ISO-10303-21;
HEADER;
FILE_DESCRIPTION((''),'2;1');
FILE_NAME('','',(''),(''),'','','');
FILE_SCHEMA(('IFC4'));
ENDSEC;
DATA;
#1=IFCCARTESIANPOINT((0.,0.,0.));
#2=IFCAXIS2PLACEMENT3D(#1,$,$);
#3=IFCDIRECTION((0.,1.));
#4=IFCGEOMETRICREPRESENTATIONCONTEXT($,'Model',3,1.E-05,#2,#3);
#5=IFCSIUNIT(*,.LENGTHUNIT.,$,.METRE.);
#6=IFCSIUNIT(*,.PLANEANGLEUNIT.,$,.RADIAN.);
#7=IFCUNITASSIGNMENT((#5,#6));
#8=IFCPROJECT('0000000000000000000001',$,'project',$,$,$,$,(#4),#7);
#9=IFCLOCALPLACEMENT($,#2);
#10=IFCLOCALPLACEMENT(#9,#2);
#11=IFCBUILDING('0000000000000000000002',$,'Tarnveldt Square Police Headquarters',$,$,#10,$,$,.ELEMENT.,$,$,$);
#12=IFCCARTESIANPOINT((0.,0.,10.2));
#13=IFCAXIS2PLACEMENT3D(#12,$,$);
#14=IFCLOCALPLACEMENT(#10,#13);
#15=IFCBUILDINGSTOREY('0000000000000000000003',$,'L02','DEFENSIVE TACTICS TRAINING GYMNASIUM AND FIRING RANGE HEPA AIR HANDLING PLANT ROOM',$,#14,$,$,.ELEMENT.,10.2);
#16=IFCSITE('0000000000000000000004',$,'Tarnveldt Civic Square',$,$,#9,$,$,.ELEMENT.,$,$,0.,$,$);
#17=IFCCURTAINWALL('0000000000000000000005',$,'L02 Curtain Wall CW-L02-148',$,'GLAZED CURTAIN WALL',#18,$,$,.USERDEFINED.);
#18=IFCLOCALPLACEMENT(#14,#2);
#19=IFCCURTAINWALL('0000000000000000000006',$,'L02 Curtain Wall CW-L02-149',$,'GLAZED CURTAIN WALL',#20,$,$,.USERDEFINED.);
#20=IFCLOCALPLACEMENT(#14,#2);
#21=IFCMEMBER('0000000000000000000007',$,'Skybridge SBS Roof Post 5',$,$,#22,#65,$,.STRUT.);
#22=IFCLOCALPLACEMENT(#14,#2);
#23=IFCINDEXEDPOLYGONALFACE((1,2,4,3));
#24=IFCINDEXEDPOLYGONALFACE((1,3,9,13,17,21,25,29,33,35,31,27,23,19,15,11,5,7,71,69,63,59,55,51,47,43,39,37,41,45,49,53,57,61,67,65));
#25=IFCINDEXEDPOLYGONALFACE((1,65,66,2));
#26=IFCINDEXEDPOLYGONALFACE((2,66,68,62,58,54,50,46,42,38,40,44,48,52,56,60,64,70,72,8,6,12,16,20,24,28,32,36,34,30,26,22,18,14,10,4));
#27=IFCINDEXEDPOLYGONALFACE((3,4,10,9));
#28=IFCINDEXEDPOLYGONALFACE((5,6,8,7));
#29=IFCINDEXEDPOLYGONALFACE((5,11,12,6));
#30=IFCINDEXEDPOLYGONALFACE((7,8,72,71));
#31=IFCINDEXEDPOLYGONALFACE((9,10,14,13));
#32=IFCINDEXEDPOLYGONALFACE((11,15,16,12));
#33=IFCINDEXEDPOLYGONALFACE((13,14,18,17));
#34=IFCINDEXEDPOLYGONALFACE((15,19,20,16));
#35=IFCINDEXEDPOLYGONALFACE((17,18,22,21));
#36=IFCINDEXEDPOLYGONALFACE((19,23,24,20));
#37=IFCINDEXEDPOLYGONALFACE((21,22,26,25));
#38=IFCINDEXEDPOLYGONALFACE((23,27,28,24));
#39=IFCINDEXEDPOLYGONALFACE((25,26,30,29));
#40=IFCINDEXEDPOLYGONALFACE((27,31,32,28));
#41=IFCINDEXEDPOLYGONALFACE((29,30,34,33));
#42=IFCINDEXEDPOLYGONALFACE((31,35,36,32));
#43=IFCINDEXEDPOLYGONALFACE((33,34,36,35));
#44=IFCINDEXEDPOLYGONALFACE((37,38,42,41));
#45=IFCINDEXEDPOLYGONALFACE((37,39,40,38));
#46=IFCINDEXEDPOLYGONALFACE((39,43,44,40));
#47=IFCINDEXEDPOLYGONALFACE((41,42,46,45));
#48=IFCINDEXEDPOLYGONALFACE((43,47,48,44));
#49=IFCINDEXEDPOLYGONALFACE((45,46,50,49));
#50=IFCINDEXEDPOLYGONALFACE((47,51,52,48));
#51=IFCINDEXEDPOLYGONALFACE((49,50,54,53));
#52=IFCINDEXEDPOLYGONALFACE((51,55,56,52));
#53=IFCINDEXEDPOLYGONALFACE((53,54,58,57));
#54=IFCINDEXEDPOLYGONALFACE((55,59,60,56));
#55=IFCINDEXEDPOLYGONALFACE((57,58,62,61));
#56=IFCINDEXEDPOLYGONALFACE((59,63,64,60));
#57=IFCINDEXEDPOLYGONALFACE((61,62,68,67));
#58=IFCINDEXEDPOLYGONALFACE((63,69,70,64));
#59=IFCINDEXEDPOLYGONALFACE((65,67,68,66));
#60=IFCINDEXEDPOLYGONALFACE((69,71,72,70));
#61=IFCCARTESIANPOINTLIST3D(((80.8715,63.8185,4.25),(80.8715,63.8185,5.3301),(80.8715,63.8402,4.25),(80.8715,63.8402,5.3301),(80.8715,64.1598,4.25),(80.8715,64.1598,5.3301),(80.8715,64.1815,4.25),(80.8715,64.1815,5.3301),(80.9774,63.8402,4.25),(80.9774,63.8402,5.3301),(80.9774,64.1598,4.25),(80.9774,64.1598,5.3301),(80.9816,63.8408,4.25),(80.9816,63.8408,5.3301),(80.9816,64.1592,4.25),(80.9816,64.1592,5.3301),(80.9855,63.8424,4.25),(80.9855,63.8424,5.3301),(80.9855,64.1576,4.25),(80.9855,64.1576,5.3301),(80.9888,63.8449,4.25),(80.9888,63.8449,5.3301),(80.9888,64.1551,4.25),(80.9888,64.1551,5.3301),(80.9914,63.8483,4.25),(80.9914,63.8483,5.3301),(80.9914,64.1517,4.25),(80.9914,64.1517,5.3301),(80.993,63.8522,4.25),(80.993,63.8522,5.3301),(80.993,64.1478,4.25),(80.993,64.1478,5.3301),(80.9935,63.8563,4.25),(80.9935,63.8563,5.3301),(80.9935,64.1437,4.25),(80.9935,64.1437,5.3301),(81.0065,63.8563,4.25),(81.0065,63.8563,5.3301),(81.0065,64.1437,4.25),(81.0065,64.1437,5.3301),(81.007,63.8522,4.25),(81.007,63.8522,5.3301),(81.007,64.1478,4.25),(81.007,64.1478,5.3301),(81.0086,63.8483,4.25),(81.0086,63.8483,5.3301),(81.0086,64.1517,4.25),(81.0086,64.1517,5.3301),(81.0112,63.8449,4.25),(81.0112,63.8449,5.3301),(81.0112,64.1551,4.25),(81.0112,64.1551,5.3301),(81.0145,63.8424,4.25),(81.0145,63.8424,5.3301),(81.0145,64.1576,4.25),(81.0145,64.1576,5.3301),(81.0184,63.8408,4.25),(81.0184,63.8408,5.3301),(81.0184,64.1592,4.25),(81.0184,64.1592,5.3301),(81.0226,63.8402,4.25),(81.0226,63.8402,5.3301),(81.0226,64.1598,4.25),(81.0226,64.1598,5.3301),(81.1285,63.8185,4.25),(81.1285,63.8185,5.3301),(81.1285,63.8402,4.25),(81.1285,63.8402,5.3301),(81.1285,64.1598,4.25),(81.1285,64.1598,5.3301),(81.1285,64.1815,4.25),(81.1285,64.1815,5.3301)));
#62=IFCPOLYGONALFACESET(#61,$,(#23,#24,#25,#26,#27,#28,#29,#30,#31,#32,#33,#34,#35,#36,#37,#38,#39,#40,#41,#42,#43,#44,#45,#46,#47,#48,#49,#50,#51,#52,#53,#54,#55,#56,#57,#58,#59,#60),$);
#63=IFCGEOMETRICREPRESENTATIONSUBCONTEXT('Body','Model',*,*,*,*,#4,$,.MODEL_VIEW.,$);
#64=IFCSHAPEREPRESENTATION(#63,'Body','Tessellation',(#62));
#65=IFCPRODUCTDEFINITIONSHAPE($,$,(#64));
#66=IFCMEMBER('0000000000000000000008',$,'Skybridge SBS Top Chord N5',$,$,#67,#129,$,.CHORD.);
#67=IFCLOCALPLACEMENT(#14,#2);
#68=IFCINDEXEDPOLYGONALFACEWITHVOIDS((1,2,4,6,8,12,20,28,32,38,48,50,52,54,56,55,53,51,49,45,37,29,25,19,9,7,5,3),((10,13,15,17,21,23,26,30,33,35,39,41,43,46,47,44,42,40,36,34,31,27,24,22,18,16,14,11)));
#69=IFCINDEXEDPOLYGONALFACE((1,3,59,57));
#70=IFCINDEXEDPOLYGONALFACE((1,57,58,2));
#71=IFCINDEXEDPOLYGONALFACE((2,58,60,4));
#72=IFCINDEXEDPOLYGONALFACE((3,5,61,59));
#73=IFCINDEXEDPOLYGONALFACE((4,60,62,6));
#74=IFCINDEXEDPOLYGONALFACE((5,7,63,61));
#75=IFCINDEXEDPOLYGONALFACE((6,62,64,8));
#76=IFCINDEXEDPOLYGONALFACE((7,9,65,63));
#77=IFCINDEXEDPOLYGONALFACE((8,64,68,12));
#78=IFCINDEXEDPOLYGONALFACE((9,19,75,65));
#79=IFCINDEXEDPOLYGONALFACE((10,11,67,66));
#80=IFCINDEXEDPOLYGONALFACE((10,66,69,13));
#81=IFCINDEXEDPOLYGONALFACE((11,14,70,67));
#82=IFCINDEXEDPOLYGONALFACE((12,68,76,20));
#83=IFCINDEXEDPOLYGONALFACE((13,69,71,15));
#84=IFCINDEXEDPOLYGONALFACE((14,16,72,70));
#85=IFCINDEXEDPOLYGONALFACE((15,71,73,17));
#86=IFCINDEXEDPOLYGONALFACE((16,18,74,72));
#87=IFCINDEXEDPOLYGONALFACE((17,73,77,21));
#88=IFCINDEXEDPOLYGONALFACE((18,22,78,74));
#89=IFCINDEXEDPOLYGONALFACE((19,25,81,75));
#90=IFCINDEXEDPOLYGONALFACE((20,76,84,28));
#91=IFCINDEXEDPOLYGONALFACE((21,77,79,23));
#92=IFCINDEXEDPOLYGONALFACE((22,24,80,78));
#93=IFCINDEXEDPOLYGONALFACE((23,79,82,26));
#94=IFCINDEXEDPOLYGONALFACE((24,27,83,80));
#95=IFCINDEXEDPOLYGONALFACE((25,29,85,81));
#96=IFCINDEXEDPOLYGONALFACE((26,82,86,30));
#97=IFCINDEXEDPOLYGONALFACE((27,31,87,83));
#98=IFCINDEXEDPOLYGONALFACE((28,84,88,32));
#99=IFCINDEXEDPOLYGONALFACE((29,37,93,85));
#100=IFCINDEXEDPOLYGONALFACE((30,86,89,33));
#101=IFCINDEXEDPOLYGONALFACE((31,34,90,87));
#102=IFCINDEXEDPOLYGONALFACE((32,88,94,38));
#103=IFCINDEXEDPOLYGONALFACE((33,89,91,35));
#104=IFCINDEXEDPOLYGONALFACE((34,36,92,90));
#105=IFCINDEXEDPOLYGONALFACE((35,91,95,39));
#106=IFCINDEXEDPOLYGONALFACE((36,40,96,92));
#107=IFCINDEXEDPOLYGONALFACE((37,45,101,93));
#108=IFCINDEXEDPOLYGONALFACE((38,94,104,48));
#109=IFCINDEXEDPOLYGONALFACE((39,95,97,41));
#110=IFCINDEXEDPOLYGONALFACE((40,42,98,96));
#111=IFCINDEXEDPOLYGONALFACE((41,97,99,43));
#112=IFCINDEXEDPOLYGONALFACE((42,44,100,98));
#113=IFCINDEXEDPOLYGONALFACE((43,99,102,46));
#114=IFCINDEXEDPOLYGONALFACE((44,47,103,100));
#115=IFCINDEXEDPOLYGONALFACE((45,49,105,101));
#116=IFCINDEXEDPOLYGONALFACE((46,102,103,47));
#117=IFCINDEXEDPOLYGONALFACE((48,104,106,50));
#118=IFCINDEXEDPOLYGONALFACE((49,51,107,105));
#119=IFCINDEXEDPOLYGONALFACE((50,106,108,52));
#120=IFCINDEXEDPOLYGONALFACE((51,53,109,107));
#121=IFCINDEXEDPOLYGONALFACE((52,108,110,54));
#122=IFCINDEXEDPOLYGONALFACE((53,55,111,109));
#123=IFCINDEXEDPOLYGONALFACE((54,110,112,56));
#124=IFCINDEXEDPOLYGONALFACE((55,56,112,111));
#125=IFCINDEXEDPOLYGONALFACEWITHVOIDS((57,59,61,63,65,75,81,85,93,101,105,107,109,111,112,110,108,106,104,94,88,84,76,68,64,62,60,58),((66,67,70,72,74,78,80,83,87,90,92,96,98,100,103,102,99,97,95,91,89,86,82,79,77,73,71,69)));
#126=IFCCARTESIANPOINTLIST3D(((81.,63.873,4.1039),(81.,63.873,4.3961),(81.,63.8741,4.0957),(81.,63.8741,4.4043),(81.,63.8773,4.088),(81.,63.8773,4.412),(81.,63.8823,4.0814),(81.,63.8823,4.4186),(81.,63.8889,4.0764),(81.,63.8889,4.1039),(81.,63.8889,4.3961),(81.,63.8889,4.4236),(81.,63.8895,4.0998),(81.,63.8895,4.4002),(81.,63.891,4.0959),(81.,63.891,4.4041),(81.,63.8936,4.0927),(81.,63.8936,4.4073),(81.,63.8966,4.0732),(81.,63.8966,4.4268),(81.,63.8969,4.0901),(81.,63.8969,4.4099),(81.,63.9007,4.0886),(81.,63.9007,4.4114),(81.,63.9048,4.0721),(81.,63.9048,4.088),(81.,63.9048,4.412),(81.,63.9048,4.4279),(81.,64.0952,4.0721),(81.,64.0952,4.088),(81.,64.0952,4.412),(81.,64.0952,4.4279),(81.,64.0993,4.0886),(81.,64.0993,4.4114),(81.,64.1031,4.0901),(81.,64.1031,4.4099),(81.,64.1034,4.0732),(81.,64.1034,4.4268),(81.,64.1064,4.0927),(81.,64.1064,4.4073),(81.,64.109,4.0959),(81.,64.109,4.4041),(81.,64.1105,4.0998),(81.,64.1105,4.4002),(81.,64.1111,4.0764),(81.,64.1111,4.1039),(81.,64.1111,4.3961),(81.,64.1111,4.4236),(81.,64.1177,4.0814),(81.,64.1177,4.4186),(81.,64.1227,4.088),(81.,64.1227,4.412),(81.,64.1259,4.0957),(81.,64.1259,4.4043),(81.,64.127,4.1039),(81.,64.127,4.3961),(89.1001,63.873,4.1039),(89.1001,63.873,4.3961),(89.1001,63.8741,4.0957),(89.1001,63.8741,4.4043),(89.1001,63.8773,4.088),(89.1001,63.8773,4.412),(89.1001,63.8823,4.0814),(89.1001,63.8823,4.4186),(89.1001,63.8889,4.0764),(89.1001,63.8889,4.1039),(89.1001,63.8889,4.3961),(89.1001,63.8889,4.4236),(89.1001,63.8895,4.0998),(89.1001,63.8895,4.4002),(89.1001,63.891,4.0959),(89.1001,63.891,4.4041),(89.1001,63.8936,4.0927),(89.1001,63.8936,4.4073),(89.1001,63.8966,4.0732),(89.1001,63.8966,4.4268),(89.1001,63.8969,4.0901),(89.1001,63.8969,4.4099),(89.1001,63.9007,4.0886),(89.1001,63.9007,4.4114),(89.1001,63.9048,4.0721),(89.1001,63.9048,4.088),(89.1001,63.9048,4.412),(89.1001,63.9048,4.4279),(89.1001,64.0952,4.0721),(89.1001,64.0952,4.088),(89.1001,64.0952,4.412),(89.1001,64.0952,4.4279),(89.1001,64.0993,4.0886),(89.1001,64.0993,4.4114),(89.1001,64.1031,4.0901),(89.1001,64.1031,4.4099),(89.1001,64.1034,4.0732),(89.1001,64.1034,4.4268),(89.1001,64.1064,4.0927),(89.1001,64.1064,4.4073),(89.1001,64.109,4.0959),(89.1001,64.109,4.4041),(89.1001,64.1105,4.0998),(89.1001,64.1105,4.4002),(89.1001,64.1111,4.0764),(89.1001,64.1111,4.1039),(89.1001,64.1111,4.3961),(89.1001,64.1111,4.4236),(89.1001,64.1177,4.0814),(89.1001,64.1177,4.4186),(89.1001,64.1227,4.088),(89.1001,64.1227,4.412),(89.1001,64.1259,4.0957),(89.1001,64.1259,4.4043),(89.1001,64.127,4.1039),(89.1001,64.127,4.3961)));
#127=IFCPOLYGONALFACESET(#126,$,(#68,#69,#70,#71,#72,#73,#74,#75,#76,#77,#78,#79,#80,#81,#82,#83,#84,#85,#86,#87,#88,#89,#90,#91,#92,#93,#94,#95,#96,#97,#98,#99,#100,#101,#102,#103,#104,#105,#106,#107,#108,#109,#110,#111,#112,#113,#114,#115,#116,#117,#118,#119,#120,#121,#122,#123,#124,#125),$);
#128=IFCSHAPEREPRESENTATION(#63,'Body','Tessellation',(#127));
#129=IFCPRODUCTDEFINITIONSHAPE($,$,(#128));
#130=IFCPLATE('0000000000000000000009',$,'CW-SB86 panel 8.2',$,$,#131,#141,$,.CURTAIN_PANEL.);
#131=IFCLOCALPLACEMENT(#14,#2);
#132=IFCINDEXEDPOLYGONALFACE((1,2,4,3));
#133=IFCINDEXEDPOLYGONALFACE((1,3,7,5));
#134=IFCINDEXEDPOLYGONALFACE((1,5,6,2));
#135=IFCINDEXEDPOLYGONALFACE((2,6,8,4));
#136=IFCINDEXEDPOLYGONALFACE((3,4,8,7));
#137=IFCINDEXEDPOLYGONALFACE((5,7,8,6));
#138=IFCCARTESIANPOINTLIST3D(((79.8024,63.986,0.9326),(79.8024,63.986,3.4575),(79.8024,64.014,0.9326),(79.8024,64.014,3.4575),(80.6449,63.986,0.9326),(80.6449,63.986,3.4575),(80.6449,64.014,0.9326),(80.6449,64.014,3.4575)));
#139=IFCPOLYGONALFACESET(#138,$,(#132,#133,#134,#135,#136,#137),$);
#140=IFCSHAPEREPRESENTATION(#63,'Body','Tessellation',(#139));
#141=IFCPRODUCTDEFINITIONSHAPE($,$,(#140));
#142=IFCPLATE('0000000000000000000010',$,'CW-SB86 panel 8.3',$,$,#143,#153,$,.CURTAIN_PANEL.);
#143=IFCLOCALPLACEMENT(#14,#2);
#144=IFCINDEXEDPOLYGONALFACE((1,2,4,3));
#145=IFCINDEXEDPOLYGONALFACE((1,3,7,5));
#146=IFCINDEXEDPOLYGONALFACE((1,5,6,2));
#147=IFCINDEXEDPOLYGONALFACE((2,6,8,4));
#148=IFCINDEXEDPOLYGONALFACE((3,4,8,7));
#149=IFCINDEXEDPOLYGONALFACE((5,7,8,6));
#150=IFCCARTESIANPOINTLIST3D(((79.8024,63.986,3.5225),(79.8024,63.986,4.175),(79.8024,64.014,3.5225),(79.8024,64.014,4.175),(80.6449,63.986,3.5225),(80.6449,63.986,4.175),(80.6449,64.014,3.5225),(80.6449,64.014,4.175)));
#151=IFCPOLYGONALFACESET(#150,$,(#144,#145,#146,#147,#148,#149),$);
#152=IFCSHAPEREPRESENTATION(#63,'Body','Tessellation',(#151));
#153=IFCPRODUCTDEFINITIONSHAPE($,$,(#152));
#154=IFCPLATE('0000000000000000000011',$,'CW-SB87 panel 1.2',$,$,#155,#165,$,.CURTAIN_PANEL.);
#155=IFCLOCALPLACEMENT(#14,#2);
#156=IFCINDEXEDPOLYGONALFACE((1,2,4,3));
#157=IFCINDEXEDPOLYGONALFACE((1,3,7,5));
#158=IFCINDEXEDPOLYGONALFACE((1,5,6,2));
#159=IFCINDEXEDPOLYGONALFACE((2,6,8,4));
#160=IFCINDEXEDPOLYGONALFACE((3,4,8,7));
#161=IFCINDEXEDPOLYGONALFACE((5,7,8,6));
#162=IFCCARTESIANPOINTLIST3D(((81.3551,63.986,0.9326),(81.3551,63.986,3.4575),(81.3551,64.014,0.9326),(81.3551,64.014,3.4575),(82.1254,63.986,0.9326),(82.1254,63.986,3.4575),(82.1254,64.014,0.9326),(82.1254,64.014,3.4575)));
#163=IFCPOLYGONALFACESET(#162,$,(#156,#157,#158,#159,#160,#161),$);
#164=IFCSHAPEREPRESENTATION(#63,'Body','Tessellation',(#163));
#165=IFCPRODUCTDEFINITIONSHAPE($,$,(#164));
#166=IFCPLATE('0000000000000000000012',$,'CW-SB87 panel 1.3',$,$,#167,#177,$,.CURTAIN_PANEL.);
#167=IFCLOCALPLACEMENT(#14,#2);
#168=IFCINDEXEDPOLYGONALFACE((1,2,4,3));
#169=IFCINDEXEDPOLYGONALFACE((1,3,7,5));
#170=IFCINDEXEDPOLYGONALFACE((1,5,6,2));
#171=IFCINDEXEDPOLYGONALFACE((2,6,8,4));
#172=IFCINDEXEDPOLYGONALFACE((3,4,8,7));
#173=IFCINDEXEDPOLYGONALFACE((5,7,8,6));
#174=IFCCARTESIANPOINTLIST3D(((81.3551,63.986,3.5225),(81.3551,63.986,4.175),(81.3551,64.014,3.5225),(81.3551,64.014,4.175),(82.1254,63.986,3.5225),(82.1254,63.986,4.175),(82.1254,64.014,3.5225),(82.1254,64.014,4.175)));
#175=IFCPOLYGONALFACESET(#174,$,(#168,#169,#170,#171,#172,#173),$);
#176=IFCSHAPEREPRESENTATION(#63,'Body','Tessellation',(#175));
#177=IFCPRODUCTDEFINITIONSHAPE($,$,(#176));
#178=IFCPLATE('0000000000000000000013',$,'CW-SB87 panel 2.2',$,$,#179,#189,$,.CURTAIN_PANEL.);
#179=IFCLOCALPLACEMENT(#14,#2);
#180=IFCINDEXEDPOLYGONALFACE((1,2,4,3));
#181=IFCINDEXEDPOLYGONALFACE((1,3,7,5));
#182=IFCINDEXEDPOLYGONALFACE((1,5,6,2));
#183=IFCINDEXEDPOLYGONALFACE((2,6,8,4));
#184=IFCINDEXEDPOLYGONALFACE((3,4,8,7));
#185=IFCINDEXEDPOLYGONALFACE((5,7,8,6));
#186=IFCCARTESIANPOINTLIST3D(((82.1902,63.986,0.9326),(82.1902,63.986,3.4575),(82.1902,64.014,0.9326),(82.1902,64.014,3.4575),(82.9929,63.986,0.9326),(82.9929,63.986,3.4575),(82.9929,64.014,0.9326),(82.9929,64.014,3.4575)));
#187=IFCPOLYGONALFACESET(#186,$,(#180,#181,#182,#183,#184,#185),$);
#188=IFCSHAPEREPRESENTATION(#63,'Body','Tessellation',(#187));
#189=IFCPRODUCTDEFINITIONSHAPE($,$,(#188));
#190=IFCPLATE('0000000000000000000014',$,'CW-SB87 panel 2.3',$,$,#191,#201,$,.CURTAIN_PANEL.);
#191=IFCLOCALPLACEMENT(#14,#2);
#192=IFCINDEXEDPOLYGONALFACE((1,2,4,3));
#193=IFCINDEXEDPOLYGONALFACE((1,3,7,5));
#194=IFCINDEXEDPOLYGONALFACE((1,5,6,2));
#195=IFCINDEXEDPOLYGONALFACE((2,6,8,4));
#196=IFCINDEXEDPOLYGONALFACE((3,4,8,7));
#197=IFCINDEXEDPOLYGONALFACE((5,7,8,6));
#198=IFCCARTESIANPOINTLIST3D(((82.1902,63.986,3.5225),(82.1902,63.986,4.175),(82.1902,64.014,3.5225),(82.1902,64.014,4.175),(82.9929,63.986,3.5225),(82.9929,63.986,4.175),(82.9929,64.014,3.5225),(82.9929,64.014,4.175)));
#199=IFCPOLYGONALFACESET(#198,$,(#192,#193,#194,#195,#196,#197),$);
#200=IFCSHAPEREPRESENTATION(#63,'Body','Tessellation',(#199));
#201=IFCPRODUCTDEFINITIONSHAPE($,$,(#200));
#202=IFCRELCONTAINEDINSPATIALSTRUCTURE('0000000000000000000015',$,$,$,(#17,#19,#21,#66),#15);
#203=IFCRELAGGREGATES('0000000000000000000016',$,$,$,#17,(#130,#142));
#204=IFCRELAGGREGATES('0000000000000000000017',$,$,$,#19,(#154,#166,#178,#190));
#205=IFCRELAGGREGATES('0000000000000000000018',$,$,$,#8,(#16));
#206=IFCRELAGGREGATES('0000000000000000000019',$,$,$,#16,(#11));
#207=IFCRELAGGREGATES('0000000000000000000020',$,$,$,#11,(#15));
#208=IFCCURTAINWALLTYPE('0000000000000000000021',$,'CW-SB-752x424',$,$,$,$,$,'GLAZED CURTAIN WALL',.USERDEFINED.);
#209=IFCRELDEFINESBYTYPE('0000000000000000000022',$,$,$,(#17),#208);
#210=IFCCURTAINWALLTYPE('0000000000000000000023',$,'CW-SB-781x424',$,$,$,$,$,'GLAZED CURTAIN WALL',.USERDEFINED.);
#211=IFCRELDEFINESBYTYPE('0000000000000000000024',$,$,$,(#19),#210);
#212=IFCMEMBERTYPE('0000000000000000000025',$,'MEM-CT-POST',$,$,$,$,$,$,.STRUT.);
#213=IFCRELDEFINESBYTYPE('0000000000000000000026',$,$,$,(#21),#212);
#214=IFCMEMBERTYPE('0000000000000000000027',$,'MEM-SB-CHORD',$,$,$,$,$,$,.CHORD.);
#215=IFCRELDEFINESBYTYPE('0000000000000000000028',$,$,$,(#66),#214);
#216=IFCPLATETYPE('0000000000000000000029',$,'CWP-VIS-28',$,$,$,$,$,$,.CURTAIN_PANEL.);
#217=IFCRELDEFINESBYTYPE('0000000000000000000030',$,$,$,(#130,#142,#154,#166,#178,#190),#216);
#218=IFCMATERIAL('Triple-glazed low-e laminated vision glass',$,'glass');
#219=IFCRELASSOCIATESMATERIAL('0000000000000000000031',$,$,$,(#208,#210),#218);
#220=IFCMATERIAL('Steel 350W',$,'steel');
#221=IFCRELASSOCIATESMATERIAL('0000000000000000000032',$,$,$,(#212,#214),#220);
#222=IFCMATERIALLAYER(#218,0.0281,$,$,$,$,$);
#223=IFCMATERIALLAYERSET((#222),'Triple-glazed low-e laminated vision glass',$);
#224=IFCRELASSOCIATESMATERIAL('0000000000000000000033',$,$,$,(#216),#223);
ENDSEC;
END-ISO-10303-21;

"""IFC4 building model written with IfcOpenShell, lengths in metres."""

from ifc_helpers import new_model, si_unit, direction, frame, origin, origin_2d, place, context, subcontext, project, spatial, rectangle, hollow_rectangle, i_section, extrude, material, layer, layer_set, material_profile, profile_set, type_object, element, aggregate, save


model = new_model("IFC4")

# Units and contexts
model_context = context("Model", 3, precision=1e-05, world=origin(), true_north=direction((0.0, 1.0)))
body_context = subcontext(model_context, "Body", "Model", "MODEL_VIEW")
ifc_project = project(units=[si_unit("LENGTHUNIT", "METRE"), si_unit("PLANEANGLEUNIT", "RADIAN")], contexts=[model_context])

# Site, building, storey
site_placement = place(None, origin())
site = spatial("IfcSite", under=ifc_project, at=site_placement, Name="Tarnveldt Civic Square", CompositionType="ELEMENT", RefElevation=0.0)
building_placement = place(site_placement, origin())
building = spatial("IfcBuilding", under=site, at=building_placement, Name="Tarnveldt Square Police Headquarters", CompositionType="ELEMENT")
storey_placement = place(building_placement, frame((0.0, 0.0, 10.2)))
storey = spatial("IfcBuildingStorey", under=building, at=storey_placement, Name="L02", Description="DEFENSIVE TACTICS TRAINING GYMNASIUM AND FIRING RANGE HEPA AIR HANDLING PLANT ROOM", CompositionType="ELEMENT", Elevation=10.2)

# Shared definitions
ifc_material_1 = material(Name="Steel 350W", Category="steel")

# Curtain walls
ifc_material_2 = material(Name="Triple-glazed low-e laminated vision glass", Category="glass")
curtain_wall_type_1 = type_object("IfcCurtainWallType", Name="CW-SB-752x424", ElementType="GLAZED CURTAIN WALL", PredefinedType="USERDEFINED", material=ifc_material_2)
curtain_wall_1_placement = place(storey_placement, origin())
curtain_wall_1 = element("IfcCurtainWall", 1, at=curtain_wall_1_placement, inside=storey, type_object=curtain_wall_type_1, Name="L02 Curtain Wall CW-L02-148", ObjectType="GLAZED CURTAIN WALL", PredefinedType="USERDEFINED")
curtain_wall_type_2 = type_object("IfcCurtainWallType", Name="CW-SB-781x424", ElementType="GLAZED CURTAIN WALL", PredefinedType="USERDEFINED", material=ifc_material_2)
curtain_wall_2_placement = place(storey_placement, origin())
curtain_wall_2 = element("IfcCurtainWall", 2, at=curtain_wall_2_placement, inside=storey, type_object=curtain_wall_type_2, Name="L02 Curtain Wall CW-L02-149", ObjectType="GLAZED CURTAIN WALL", PredefinedType="USERDEFINED")

# Members
ifc_material_profile_1 = material_profile(ifc_material_1, i_section(OverallWidth=0.2571, OverallDepth=0.363, WebThickness=0.0129, FlangeThickness=0.0217, FilletRadius=0.0161, at=origin_2d()), Name="W360x122")
ifc_profile_set_1 = profile_set([ifc_material_profile_1], Name="Steel 350W")
member_type_1 = type_object("IfcMemberType", Name="MEM-CT-POST", PredefinedType="STRUT", material=ifc_profile_set_1)
member_1_placement = place(storey_placement, frame((81.0, 64.0, 4.25), z_axis=(0.0, 0.0, 1.0), x_axis=(1.0, 0.0, 0.0)))
element("IfcMember", 3, at=member_1_placement, inside=storey, type_object=member_type_1, Name="Skybridge SBS Roof Post 5", PredefinedType="STRUT", context=body_context, shape_type="SweptSolid", body=[
    extrude(i_section(OverallWidth=0.2571, OverallDepth=0.363, WebThickness=0.0129, FlangeThickness=0.0217, FilletRadius=0.0161, at=origin_2d()), origin(), (0.0, 0.0, 1.0), 1.0801),
])
ifc_material_profile_2 = material_profile(ifc_material_1, hollow_rectangle(XDim=0.2539, YDim=0.3557, WallThickness=0.0159, InnerFilletRadius=0.0159, OuterFilletRadius=0.0317, at=origin_2d()), Name="HSS356x254x16")
ifc_profile_set_2 = profile_set([ifc_material_profile_2], Name="Steel 350W")
member_type_2 = type_object("IfcMemberType", Name="MEM-SB-CHORD", PredefinedType="CHORD", material=ifc_profile_set_2)
member_2_placement = place(storey_placement, frame((81.0, 64.0, 4.25), z_axis=(1.0, 0.0, 0.0), x_axis=(0.0, 1.0, 0.0)))
element("IfcMember", 4, at=member_2_placement, inside=storey, type_object=member_type_2, Name="Skybridge SBS Top Chord N5", PredefinedType="CHORD", context=body_context, shape_type="SweptSolid", body=[
    extrude(hollow_rectangle(XDim=0.2539, YDim=0.3557, WallThickness=0.0159, InnerFilletRadius=0.0159, OuterFilletRadius=0.0317, at=origin_2d()), origin(), (0.0, 0.0, 1.0), 8.1001),
])

# Plates
ifc_layer = layer(ifc_material_2, 0.0281)
ifc_layer_set = layer_set([ifc_layer], Name="Triple-glazed low-e laminated vision glass")
plate_type = type_object("IfcPlateType", Name="CWP-VIS-28", PredefinedType="CURTAIN_PANEL", material=ifc_layer_set)
plate_1_placement = place(storey_placement, frame((80.2236, 64.0, 0.9326), z_axis=(0.0, 0.0, 1.0), x_axis=(1.0, 0.0, 0.0)))
plate_1 = element("IfcPlate", 5, at=plate_1_placement, type_object=plate_type, Name="CW-SB86 panel 8.2", PredefinedType="CURTAIN_PANEL", context=body_context, shape_type="SweptSolid", body=[
    extrude(rectangle(XDim=0.8425, YDim=0.0281, at=origin_2d()), origin(), (0.0, 0.0, 1.0), 2.5249),
])
plate_2_placement = place(storey_placement, frame((80.2236, 64.0, 3.5225), z_axis=(0.0, 0.0, 1.0), x_axis=(1.0, 0.0, 0.0)))
plate_2 = element("IfcPlate", 6, at=plate_2_placement, type_object=plate_type, Name="CW-SB86 panel 8.3", PredefinedType="CURTAIN_PANEL", context=body_context, shape_type="SweptSolid", body=[
    extrude(rectangle(XDim=0.8425, YDim=0.0281, at=origin_2d()), origin(), (0.0, 0.0, 1.0), 0.6526),
])
aggregate(curtain_wall_1, [plate_1, plate_2])
plate_3_placement = place(storey_placement, frame((81.7402, 64.0, 0.9326), z_axis=(0.0, 0.0, 1.0), x_axis=(1.0, 0.0, 0.0)))
plate_3 = element("IfcPlate", 7, at=plate_3_placement, type_object=plate_type, Name="CW-SB87 panel 1.2", PredefinedType="CURTAIN_PANEL", context=body_context, shape_type="SweptSolid", body=[
    extrude(rectangle(XDim=0.7703, YDim=0.0281, at=origin_2d()), origin(), (0.0, 0.0, 1.0), 2.5249),
])
plate_4_placement = place(storey_placement, frame((81.7402, 64.0, 3.5225), z_axis=(0.0, 0.0, 1.0), x_axis=(1.0, 0.0, 0.0)))
plate_4 = element("IfcPlate", 8, at=plate_4_placement, type_object=plate_type, Name="CW-SB87 panel 1.3", PredefinedType="CURTAIN_PANEL", context=body_context, shape_type="SweptSolid", body=[
    extrude(rectangle(XDim=0.7703, YDim=0.0281, at=origin_2d()), origin(), (0.0, 0.0, 1.0), 0.6526),
])
plate_5_placement = place(storey_placement, frame((82.5916, 64.0, 0.9326), z_axis=(0.0, 0.0, 1.0), x_axis=(1.0, 0.0, 0.0)))
plate_5 = element("IfcPlate", 9, at=plate_5_placement, type_object=plate_type, Name="CW-SB87 panel 2.2", PredefinedType="CURTAIN_PANEL", context=body_context, shape_type="SweptSolid", body=[
    extrude(rectangle(XDim=0.8027, YDim=0.0281, at=origin_2d()), origin(), (0.0, 0.0, 1.0), 2.5249),
])
plate_6_placement = place(storey_placement, frame((82.5916, 64.0, 3.5225), z_axis=(0.0, 0.0, 1.0), x_axis=(1.0, 0.0, 0.0)))
plate_6 = element("IfcPlate", 10, at=plate_6_placement, type_object=plate_type, Name="CW-SB87 panel 2.3", PredefinedType="CURTAIN_PANEL", context=body_context, shape_type="SweptSolid", body=[
    extrude(rectangle(XDim=0.8027, YDim=0.0281, at=origin_2d()), origin(), (0.0, 0.0, 1.0), 0.6526),
])
aggregate(curtain_wall_2, [plate_3, plate_4, plate_5, plate_6])

save(model, "model.ifc")
